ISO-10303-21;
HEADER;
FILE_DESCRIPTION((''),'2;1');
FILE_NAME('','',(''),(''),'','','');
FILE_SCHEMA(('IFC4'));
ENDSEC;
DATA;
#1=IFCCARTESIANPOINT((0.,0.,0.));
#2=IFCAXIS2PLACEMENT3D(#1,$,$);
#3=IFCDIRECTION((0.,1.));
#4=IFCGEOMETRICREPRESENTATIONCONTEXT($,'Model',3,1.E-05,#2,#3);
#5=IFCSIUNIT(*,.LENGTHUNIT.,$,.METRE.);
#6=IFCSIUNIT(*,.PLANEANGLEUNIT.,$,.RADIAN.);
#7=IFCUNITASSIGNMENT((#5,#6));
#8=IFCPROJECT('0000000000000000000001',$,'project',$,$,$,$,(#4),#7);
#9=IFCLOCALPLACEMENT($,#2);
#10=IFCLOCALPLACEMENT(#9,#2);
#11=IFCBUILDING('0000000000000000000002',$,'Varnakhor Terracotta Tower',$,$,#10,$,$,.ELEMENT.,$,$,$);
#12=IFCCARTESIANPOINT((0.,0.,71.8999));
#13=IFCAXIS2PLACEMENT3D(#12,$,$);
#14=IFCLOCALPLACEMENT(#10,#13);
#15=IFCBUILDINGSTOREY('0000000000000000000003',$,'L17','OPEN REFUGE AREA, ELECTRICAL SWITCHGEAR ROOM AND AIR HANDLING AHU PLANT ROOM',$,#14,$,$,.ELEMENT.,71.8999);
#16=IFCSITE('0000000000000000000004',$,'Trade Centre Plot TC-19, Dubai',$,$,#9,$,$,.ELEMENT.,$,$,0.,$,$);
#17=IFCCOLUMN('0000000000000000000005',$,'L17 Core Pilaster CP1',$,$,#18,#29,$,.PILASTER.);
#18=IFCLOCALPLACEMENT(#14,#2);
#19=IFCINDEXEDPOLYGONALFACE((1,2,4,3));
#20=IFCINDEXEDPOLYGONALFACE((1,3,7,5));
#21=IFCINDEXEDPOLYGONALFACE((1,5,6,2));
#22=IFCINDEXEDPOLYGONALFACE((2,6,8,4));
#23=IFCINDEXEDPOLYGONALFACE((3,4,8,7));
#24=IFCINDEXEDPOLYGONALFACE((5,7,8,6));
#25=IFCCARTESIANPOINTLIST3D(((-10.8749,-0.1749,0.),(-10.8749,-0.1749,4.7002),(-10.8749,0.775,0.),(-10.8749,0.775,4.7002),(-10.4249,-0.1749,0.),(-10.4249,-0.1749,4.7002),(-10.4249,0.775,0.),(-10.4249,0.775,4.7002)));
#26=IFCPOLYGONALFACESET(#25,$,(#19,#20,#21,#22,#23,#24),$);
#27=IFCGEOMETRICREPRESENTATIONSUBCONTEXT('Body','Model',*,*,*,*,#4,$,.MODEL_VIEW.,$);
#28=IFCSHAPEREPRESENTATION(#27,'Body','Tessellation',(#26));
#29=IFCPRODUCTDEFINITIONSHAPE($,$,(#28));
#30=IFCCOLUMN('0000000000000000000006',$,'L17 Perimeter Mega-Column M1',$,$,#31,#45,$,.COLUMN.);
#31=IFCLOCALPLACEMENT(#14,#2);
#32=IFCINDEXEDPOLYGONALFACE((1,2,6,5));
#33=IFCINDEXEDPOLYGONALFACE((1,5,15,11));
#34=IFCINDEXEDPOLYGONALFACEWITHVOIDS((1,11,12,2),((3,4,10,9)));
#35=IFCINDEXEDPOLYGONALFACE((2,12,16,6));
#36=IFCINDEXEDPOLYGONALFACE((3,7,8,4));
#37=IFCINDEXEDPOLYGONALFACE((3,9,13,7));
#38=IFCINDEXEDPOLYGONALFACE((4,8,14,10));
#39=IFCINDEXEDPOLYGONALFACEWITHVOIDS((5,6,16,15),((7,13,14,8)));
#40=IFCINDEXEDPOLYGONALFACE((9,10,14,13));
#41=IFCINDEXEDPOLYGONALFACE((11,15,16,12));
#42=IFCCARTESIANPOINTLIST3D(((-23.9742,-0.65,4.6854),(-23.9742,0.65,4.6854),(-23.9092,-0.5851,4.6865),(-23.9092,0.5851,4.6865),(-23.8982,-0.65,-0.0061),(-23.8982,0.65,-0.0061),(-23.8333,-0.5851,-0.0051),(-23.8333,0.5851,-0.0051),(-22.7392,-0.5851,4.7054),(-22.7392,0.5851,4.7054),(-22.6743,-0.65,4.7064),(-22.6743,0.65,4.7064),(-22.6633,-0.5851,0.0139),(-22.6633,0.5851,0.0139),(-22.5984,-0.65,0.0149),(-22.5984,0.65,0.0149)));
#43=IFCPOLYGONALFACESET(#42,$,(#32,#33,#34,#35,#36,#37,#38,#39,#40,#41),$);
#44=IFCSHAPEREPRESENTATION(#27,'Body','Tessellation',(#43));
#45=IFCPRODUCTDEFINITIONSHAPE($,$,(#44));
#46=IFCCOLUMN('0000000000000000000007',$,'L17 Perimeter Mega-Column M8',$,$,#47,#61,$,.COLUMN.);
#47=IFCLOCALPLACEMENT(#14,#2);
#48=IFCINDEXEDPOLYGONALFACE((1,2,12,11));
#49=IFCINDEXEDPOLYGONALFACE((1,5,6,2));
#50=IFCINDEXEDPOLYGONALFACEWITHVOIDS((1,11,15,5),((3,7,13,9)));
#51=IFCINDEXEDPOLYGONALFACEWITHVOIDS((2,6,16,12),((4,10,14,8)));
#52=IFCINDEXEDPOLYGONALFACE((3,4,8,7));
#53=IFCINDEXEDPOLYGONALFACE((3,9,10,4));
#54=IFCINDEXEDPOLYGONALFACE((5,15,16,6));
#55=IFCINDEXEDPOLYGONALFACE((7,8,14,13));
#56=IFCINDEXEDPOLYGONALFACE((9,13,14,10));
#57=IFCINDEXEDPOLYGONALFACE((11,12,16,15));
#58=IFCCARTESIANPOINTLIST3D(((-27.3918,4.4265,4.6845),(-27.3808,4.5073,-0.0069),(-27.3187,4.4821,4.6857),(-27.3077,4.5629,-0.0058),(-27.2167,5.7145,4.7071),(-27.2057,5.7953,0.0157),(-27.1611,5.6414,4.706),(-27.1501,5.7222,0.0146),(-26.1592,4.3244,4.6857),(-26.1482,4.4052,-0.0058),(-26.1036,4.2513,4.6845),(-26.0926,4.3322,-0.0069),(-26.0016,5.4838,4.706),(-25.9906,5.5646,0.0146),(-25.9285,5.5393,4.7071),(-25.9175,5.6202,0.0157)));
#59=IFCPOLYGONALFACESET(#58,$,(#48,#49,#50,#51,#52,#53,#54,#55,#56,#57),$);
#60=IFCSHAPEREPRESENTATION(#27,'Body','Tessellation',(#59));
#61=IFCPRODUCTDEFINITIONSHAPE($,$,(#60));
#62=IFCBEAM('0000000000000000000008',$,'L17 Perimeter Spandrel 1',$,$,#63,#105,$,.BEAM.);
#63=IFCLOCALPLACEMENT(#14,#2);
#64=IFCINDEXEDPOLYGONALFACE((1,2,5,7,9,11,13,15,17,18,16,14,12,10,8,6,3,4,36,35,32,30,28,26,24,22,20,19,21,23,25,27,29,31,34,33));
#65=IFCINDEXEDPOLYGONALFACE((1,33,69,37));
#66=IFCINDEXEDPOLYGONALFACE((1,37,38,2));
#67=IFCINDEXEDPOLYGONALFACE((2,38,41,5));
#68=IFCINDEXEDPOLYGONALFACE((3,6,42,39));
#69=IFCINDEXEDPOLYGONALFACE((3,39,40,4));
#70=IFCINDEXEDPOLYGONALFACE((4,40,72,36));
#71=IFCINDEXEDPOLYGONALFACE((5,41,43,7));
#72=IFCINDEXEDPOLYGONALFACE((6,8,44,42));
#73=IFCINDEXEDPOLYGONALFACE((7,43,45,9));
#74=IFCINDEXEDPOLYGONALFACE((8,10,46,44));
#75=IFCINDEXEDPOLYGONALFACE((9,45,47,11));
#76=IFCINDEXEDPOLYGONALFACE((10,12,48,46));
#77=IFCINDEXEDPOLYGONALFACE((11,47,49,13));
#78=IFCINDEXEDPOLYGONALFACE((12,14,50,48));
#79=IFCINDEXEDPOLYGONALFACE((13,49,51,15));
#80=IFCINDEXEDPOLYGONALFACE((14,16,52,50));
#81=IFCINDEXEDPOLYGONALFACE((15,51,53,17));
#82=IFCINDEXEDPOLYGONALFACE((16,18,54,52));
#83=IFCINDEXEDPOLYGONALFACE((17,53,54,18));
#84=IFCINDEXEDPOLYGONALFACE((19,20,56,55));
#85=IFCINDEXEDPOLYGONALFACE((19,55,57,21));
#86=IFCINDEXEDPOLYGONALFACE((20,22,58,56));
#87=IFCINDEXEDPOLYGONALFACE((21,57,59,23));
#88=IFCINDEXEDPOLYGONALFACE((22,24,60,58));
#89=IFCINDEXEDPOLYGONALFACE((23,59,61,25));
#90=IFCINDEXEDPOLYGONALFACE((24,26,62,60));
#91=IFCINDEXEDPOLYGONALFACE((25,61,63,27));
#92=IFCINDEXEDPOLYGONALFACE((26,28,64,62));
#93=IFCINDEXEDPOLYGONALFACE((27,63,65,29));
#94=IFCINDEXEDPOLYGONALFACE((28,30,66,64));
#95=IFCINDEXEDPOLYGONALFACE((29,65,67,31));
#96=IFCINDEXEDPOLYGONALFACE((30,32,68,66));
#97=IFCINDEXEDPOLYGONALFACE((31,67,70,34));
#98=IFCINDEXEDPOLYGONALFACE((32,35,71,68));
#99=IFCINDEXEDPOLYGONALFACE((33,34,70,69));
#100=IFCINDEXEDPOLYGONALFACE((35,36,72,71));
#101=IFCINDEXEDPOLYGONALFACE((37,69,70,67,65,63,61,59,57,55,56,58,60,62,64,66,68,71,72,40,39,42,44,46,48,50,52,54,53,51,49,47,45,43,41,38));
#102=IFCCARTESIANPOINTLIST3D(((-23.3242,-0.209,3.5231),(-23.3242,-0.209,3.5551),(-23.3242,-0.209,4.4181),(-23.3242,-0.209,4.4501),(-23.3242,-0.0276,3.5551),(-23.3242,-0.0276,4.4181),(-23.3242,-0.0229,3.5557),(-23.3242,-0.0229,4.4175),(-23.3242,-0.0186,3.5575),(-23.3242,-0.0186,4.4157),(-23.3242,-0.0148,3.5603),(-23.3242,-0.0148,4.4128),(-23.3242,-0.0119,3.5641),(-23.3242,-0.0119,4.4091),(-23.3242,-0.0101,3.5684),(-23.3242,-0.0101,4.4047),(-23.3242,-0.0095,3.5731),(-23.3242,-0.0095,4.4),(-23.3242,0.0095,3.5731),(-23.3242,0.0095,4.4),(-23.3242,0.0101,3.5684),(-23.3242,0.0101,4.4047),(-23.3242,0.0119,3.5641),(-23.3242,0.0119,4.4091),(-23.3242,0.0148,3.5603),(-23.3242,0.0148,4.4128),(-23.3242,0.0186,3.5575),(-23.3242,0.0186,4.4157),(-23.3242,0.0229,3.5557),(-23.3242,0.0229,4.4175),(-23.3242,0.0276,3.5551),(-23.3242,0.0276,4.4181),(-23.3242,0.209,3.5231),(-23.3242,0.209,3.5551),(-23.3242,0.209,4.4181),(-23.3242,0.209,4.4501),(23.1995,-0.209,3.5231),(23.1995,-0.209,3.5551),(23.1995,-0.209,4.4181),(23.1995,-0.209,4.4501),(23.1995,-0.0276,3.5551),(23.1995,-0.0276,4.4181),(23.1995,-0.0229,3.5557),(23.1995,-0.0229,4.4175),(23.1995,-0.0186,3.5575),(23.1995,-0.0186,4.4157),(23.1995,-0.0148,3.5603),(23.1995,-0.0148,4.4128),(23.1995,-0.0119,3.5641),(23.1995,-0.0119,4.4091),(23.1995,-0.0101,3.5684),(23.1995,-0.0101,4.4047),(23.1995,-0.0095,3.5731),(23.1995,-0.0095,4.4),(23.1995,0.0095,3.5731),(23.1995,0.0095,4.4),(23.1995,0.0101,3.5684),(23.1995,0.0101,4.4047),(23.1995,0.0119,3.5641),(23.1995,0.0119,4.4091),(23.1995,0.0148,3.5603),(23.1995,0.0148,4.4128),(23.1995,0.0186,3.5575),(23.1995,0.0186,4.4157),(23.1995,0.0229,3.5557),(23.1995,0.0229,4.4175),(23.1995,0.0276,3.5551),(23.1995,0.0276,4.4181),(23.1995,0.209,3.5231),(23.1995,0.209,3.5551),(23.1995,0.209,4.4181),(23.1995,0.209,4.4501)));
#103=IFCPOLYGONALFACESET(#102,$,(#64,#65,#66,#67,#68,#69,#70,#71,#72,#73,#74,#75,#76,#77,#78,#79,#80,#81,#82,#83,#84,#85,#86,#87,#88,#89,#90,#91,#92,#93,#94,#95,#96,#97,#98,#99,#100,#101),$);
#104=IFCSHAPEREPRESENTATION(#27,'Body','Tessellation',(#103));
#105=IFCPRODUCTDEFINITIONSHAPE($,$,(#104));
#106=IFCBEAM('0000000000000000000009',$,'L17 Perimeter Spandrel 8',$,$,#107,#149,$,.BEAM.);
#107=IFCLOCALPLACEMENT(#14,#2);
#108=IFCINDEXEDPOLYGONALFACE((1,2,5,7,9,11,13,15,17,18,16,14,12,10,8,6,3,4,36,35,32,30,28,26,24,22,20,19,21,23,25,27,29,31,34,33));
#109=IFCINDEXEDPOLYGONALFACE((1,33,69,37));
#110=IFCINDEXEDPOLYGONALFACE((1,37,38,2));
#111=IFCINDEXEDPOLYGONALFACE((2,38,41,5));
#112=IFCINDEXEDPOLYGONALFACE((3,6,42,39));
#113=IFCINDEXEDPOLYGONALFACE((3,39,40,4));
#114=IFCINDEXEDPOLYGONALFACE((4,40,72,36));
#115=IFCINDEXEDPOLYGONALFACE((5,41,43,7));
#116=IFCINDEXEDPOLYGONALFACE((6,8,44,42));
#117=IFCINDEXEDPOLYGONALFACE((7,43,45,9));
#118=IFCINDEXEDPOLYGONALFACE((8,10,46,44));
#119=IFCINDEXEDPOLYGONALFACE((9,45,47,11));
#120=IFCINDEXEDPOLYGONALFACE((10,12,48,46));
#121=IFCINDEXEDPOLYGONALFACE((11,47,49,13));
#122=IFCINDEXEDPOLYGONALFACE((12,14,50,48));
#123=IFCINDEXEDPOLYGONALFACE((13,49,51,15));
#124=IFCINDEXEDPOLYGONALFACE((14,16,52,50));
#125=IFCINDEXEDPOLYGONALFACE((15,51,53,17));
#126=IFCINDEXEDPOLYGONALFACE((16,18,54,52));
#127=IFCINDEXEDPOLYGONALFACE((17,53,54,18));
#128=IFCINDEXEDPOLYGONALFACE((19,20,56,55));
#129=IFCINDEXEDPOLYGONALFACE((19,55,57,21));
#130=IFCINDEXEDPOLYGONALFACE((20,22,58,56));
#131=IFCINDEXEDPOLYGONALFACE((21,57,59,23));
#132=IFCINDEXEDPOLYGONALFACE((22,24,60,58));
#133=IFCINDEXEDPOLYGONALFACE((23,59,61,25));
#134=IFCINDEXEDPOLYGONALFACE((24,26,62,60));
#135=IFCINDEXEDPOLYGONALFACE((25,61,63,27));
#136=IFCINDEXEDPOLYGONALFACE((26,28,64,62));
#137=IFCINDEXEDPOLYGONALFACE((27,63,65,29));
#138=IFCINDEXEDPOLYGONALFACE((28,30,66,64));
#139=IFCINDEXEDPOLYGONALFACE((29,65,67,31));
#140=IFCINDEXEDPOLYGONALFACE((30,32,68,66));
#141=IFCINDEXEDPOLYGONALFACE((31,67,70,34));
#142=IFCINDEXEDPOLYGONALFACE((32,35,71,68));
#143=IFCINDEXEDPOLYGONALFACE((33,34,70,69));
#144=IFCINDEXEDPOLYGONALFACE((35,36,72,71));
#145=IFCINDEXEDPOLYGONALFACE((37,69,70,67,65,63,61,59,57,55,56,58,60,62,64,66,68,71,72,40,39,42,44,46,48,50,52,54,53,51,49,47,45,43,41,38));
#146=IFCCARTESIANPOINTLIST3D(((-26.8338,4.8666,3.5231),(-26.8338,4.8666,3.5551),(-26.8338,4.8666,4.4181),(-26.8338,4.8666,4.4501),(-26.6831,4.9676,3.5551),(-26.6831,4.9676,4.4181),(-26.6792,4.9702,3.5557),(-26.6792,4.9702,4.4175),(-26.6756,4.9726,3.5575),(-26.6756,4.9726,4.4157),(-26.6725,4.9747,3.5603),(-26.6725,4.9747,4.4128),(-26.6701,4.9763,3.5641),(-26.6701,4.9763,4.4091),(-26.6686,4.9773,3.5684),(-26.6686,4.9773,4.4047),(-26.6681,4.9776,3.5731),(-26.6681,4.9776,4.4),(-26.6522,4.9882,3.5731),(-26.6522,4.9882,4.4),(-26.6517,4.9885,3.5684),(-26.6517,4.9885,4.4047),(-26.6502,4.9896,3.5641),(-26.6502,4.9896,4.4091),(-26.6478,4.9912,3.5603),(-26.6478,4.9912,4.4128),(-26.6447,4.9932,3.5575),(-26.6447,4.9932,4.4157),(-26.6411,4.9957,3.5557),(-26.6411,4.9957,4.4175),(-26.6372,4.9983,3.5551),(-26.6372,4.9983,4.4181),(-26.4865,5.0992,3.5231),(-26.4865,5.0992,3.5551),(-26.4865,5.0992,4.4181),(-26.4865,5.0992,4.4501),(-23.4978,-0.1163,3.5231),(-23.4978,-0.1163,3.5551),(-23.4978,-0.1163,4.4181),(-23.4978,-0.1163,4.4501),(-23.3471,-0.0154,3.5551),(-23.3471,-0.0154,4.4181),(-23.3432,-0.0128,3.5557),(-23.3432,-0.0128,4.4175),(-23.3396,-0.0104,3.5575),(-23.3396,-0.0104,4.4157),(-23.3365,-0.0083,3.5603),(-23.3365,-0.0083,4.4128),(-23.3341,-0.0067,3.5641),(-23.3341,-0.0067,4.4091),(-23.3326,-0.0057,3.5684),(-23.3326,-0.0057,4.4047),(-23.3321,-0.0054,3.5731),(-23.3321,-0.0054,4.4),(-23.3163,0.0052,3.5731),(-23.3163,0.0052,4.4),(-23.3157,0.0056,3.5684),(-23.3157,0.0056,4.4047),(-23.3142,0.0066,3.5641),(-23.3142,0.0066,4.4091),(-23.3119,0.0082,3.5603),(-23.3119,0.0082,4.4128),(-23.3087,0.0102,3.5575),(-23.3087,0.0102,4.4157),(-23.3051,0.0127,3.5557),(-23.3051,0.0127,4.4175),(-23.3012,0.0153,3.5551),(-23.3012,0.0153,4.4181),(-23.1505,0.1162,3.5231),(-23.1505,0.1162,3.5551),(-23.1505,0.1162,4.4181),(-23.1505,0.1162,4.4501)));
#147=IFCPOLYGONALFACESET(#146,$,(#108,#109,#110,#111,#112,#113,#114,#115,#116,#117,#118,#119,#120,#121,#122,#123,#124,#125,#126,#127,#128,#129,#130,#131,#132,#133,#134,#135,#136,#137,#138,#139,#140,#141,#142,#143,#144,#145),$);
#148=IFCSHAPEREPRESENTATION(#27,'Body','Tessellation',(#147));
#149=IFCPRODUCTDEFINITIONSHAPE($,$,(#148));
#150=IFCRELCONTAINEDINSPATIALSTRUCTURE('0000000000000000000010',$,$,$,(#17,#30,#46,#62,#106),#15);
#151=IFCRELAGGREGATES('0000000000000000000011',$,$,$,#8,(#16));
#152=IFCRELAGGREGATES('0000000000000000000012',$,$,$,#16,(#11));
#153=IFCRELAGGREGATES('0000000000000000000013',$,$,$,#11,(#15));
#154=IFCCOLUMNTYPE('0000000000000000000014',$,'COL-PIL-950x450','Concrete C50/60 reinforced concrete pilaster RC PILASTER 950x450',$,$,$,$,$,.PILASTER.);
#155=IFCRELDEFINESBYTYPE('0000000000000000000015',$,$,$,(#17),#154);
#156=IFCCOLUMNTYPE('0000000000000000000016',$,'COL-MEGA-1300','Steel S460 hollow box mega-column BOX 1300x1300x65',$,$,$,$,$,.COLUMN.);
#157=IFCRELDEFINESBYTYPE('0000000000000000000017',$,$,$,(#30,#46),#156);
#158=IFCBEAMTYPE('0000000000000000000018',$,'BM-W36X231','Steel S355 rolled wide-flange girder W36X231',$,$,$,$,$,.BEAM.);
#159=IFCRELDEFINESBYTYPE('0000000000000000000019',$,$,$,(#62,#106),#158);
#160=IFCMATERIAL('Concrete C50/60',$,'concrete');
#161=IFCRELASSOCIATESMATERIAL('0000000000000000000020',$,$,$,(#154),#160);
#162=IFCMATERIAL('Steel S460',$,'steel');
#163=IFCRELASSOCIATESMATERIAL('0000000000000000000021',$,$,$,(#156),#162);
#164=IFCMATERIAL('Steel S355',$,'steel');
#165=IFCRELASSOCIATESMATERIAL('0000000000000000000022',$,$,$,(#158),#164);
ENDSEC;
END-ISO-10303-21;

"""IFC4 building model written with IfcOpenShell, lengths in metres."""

from ifc_helpers import new_model, si_unit, direction, frame, origin, origin_2d, place, context, subcontext, project, spatial, rectangle, hollow_rectangle, i_section, extrude, source, transform, mapped, material, material_profile, profile_set, type_object, element, save


model = new_model("IFC4")

# Units and contexts
model_context = context("Model", 3, precision=1e-05, world=origin(), true_north=direction((0.0, 1.0)))
body_context = subcontext(model_context, "Body", "Model", "MODEL_VIEW")
ifc_project = project(units=[si_unit("LENGTHUNIT", "METRE"), si_unit("PLANEANGLEUNIT", "RADIAN")], contexts=[model_context])

# Site, building, storey
site_placement = place(None, origin())
site = spatial("IfcSite", under=ifc_project, at=site_placement, Name="Trade Centre Plot TC-19, Dubai", CompositionType="ELEMENT", RefElevation=0.0)
building_placement = place(site_placement, origin())
building = spatial("IfcBuilding", under=site, at=building_placement, Name="Varnakhor Terracotta Tower", CompositionType="ELEMENT")
storey_placement = place(building_placement, frame((0.0, 0.0, 71.8999)))
storey = spatial("IfcBuildingStorey", under=building, at=storey_placement, Name="L17", Description="OPEN REFUGE AREA, ELECTRICAL SWITCHGEAR ROOM AND AIR HANDLING AHU PLANT ROOM", CompositionType="ELEMENT", Elevation=71.8999)

# Columns
ifc_material_1 = material(Name="Concrete C50/60", Category="concrete")
ifc_material_profile_1 = material_profile(ifc_material_1, rectangle(XDim=0.45, YDim=0.95, at=origin_2d()), Name="RC PILASTER 950x450")
ifc_profile_set_1 = profile_set([ifc_material_profile_1], Name="Concrete C50/60")
column_type_1 = type_object("IfcColumnType", Name="COL-PIL-950x450", Description="Concrete C50/60 reinforced concrete pilaster RC PILASTER 950x450", PredefinedType="PILASTER", material=ifc_profile_set_1)
shared_shape_1 = source(origin(), body_context, "Body", "SweptSolid", [
    extrude(rectangle(XDim=0.45, YDim=0.95, at=origin_2d()), origin(), (0.0, 0.0, 1.0), 4.7002),
])
column_placement = place(storey_placement, frame((-10.6499, 0.3, 0.0), z_axis=(0.0, 0.0, 1.0), x_axis=(1.0, 0.0, 0.0)))
element("IfcColumn", 1, at=column_placement, inside=storey, type_object=column_type_1, Name="L17 Core Pilaster CP1", PredefinedType="PILASTER", context=body_context, shape_type="MappedRepresentation", body=[
    mapped(shared_shape_1, transform((0.0, 0.0, 0.0), scale=1.0)),
])
ifc_material_2 = material(Name="Steel S460", Category="steel")
ifc_material_profile_2 = material_profile(ifc_material_2, hollow_rectangle(XDim=1.3, YDim=1.3, WallThickness=0.0649, at=origin_2d()), Name="BOX 1300x1300x65")
ifc_profile_set_2 = profile_set([ifc_material_profile_2], Name="Steel S460")
column_type_2 = type_object("IfcColumnType", Name="COL-MEGA-1300", Description="Steel S460 hollow box mega-column BOX 1300x1300x65", PredefinedType="COLUMN", material=ifc_profile_set_2)
shared_shape_2 = source(origin(), body_context, "Body", "SweptSolid", [
    extrude(hollow_rectangle(XDim=1.3, YDim=1.3, WallThickness=0.0649, at=origin_2d()), origin(), (0.0, 0.0, 1.0), 4.6921),
])
for number, where, z_axis, x_axis, name in (
    (2, (-23.2483, 0.0, 0.0044), (-0.016182, 0.0, 0.999869), (0.0, -1.0, 0.0), "L17 Perimeter Mega-Column M1"),
    (3, (-26.6492, 5.0637, 0.0044), (-0.002341, -0.017223, 0.999849), (0.990885, -0.134712, 0.0), "L17 Perimeter Mega-Column M8"),
):
    element("IfcColumn", number, at=place(storey_placement, frame(where, z_axis=z_axis, x_axis=x_axis)), inside=storey, type_object=column_type_2, Name=name, PredefinedType="COLUMN", context=body_context, shape_type="MappedRepresentation", body=[
        mapped(shared_shape_2, transform((0.0, 0.0, 0.0), scale=1.0)),
    ])

# Beams
ifc_material_3 = material(Name="Steel S355", Category="steel")
ifc_material_profile_3 = material_profile(ifc_material_3, i_section(OverallWidth=0.418, OverallDepth=0.927, WebThickness=0.019, FlangeThickness=0.032, FilletRadius=0.0181, at=origin_2d()), Name="W36X231")
ifc_profile_set_3 = profile_set([ifc_material_profile_3], Name="Steel S355")
beam_type_1 = type_object("IfcBeamType", Name="BM-W36X231", Description="Steel S355 rolled wide-flange girder W36X231", PredefinedType="BEAM", material=ifc_profile_set_3)
shared_shape_3 = source(origin(), body_context, "Body", "SweptSolid", [
    extrude(i_section(OverallWidth=0.418, OverallDepth=0.927, WebThickness=0.019, FlangeThickness=0.032, FilletRadius=0.0181, at=origin_2d()), origin(), (0.0, 0.0, 1.0), 46.5237),
])
beam_1_placement = place(storey_placement, frame((-23.3242, 0.0, 3.9866), z_axis=(1.0, 0.0, 0.0), x_axis=(0.0, 1.0, 0.0)))
element("IfcBeam", 4, at=beam_1_placement, inside=storey, type_object=beam_type_1, Name="L17 Perimeter Spandrel 1", PredefinedType="BEAM", context=body_context, shape_type="MappedRepresentation", body=[
    mapped(shared_shape_3, transform((0.0, 0.0, 0.0), scale=1.0)),
])
shared_shape_4 = source(origin(), body_context, "Body", "SweptSolid", [
    extrude(i_section(OverallWidth=0.418, OverallDepth=0.927, WebThickness=0.019, FlangeThickness=0.032, FilletRadius=0.0181, at=origin_2d()), origin(), (0.0, 0.0, 1.0), 5.9966),
])
beam_2_placement = place(storey_placement, frame((-26.6602, 4.9829, 3.9866), z_axis=(0.556315, -0.830971, 0.0), x_axis=(0.830971, 0.556315, 0.0)))
element("IfcBeam", 5, at=beam_2_placement, inside=storey, type_object=beam_type_1, Name="L17 Perimeter Spandrel 8", PredefinedType="BEAM", context=body_context, shape_type="MappedRepresentation", body=[
    mapped(shared_shape_4, transform((0.0, 0.0, 0.0), scale=1.0)),
])

save(model, "model.ifc")
